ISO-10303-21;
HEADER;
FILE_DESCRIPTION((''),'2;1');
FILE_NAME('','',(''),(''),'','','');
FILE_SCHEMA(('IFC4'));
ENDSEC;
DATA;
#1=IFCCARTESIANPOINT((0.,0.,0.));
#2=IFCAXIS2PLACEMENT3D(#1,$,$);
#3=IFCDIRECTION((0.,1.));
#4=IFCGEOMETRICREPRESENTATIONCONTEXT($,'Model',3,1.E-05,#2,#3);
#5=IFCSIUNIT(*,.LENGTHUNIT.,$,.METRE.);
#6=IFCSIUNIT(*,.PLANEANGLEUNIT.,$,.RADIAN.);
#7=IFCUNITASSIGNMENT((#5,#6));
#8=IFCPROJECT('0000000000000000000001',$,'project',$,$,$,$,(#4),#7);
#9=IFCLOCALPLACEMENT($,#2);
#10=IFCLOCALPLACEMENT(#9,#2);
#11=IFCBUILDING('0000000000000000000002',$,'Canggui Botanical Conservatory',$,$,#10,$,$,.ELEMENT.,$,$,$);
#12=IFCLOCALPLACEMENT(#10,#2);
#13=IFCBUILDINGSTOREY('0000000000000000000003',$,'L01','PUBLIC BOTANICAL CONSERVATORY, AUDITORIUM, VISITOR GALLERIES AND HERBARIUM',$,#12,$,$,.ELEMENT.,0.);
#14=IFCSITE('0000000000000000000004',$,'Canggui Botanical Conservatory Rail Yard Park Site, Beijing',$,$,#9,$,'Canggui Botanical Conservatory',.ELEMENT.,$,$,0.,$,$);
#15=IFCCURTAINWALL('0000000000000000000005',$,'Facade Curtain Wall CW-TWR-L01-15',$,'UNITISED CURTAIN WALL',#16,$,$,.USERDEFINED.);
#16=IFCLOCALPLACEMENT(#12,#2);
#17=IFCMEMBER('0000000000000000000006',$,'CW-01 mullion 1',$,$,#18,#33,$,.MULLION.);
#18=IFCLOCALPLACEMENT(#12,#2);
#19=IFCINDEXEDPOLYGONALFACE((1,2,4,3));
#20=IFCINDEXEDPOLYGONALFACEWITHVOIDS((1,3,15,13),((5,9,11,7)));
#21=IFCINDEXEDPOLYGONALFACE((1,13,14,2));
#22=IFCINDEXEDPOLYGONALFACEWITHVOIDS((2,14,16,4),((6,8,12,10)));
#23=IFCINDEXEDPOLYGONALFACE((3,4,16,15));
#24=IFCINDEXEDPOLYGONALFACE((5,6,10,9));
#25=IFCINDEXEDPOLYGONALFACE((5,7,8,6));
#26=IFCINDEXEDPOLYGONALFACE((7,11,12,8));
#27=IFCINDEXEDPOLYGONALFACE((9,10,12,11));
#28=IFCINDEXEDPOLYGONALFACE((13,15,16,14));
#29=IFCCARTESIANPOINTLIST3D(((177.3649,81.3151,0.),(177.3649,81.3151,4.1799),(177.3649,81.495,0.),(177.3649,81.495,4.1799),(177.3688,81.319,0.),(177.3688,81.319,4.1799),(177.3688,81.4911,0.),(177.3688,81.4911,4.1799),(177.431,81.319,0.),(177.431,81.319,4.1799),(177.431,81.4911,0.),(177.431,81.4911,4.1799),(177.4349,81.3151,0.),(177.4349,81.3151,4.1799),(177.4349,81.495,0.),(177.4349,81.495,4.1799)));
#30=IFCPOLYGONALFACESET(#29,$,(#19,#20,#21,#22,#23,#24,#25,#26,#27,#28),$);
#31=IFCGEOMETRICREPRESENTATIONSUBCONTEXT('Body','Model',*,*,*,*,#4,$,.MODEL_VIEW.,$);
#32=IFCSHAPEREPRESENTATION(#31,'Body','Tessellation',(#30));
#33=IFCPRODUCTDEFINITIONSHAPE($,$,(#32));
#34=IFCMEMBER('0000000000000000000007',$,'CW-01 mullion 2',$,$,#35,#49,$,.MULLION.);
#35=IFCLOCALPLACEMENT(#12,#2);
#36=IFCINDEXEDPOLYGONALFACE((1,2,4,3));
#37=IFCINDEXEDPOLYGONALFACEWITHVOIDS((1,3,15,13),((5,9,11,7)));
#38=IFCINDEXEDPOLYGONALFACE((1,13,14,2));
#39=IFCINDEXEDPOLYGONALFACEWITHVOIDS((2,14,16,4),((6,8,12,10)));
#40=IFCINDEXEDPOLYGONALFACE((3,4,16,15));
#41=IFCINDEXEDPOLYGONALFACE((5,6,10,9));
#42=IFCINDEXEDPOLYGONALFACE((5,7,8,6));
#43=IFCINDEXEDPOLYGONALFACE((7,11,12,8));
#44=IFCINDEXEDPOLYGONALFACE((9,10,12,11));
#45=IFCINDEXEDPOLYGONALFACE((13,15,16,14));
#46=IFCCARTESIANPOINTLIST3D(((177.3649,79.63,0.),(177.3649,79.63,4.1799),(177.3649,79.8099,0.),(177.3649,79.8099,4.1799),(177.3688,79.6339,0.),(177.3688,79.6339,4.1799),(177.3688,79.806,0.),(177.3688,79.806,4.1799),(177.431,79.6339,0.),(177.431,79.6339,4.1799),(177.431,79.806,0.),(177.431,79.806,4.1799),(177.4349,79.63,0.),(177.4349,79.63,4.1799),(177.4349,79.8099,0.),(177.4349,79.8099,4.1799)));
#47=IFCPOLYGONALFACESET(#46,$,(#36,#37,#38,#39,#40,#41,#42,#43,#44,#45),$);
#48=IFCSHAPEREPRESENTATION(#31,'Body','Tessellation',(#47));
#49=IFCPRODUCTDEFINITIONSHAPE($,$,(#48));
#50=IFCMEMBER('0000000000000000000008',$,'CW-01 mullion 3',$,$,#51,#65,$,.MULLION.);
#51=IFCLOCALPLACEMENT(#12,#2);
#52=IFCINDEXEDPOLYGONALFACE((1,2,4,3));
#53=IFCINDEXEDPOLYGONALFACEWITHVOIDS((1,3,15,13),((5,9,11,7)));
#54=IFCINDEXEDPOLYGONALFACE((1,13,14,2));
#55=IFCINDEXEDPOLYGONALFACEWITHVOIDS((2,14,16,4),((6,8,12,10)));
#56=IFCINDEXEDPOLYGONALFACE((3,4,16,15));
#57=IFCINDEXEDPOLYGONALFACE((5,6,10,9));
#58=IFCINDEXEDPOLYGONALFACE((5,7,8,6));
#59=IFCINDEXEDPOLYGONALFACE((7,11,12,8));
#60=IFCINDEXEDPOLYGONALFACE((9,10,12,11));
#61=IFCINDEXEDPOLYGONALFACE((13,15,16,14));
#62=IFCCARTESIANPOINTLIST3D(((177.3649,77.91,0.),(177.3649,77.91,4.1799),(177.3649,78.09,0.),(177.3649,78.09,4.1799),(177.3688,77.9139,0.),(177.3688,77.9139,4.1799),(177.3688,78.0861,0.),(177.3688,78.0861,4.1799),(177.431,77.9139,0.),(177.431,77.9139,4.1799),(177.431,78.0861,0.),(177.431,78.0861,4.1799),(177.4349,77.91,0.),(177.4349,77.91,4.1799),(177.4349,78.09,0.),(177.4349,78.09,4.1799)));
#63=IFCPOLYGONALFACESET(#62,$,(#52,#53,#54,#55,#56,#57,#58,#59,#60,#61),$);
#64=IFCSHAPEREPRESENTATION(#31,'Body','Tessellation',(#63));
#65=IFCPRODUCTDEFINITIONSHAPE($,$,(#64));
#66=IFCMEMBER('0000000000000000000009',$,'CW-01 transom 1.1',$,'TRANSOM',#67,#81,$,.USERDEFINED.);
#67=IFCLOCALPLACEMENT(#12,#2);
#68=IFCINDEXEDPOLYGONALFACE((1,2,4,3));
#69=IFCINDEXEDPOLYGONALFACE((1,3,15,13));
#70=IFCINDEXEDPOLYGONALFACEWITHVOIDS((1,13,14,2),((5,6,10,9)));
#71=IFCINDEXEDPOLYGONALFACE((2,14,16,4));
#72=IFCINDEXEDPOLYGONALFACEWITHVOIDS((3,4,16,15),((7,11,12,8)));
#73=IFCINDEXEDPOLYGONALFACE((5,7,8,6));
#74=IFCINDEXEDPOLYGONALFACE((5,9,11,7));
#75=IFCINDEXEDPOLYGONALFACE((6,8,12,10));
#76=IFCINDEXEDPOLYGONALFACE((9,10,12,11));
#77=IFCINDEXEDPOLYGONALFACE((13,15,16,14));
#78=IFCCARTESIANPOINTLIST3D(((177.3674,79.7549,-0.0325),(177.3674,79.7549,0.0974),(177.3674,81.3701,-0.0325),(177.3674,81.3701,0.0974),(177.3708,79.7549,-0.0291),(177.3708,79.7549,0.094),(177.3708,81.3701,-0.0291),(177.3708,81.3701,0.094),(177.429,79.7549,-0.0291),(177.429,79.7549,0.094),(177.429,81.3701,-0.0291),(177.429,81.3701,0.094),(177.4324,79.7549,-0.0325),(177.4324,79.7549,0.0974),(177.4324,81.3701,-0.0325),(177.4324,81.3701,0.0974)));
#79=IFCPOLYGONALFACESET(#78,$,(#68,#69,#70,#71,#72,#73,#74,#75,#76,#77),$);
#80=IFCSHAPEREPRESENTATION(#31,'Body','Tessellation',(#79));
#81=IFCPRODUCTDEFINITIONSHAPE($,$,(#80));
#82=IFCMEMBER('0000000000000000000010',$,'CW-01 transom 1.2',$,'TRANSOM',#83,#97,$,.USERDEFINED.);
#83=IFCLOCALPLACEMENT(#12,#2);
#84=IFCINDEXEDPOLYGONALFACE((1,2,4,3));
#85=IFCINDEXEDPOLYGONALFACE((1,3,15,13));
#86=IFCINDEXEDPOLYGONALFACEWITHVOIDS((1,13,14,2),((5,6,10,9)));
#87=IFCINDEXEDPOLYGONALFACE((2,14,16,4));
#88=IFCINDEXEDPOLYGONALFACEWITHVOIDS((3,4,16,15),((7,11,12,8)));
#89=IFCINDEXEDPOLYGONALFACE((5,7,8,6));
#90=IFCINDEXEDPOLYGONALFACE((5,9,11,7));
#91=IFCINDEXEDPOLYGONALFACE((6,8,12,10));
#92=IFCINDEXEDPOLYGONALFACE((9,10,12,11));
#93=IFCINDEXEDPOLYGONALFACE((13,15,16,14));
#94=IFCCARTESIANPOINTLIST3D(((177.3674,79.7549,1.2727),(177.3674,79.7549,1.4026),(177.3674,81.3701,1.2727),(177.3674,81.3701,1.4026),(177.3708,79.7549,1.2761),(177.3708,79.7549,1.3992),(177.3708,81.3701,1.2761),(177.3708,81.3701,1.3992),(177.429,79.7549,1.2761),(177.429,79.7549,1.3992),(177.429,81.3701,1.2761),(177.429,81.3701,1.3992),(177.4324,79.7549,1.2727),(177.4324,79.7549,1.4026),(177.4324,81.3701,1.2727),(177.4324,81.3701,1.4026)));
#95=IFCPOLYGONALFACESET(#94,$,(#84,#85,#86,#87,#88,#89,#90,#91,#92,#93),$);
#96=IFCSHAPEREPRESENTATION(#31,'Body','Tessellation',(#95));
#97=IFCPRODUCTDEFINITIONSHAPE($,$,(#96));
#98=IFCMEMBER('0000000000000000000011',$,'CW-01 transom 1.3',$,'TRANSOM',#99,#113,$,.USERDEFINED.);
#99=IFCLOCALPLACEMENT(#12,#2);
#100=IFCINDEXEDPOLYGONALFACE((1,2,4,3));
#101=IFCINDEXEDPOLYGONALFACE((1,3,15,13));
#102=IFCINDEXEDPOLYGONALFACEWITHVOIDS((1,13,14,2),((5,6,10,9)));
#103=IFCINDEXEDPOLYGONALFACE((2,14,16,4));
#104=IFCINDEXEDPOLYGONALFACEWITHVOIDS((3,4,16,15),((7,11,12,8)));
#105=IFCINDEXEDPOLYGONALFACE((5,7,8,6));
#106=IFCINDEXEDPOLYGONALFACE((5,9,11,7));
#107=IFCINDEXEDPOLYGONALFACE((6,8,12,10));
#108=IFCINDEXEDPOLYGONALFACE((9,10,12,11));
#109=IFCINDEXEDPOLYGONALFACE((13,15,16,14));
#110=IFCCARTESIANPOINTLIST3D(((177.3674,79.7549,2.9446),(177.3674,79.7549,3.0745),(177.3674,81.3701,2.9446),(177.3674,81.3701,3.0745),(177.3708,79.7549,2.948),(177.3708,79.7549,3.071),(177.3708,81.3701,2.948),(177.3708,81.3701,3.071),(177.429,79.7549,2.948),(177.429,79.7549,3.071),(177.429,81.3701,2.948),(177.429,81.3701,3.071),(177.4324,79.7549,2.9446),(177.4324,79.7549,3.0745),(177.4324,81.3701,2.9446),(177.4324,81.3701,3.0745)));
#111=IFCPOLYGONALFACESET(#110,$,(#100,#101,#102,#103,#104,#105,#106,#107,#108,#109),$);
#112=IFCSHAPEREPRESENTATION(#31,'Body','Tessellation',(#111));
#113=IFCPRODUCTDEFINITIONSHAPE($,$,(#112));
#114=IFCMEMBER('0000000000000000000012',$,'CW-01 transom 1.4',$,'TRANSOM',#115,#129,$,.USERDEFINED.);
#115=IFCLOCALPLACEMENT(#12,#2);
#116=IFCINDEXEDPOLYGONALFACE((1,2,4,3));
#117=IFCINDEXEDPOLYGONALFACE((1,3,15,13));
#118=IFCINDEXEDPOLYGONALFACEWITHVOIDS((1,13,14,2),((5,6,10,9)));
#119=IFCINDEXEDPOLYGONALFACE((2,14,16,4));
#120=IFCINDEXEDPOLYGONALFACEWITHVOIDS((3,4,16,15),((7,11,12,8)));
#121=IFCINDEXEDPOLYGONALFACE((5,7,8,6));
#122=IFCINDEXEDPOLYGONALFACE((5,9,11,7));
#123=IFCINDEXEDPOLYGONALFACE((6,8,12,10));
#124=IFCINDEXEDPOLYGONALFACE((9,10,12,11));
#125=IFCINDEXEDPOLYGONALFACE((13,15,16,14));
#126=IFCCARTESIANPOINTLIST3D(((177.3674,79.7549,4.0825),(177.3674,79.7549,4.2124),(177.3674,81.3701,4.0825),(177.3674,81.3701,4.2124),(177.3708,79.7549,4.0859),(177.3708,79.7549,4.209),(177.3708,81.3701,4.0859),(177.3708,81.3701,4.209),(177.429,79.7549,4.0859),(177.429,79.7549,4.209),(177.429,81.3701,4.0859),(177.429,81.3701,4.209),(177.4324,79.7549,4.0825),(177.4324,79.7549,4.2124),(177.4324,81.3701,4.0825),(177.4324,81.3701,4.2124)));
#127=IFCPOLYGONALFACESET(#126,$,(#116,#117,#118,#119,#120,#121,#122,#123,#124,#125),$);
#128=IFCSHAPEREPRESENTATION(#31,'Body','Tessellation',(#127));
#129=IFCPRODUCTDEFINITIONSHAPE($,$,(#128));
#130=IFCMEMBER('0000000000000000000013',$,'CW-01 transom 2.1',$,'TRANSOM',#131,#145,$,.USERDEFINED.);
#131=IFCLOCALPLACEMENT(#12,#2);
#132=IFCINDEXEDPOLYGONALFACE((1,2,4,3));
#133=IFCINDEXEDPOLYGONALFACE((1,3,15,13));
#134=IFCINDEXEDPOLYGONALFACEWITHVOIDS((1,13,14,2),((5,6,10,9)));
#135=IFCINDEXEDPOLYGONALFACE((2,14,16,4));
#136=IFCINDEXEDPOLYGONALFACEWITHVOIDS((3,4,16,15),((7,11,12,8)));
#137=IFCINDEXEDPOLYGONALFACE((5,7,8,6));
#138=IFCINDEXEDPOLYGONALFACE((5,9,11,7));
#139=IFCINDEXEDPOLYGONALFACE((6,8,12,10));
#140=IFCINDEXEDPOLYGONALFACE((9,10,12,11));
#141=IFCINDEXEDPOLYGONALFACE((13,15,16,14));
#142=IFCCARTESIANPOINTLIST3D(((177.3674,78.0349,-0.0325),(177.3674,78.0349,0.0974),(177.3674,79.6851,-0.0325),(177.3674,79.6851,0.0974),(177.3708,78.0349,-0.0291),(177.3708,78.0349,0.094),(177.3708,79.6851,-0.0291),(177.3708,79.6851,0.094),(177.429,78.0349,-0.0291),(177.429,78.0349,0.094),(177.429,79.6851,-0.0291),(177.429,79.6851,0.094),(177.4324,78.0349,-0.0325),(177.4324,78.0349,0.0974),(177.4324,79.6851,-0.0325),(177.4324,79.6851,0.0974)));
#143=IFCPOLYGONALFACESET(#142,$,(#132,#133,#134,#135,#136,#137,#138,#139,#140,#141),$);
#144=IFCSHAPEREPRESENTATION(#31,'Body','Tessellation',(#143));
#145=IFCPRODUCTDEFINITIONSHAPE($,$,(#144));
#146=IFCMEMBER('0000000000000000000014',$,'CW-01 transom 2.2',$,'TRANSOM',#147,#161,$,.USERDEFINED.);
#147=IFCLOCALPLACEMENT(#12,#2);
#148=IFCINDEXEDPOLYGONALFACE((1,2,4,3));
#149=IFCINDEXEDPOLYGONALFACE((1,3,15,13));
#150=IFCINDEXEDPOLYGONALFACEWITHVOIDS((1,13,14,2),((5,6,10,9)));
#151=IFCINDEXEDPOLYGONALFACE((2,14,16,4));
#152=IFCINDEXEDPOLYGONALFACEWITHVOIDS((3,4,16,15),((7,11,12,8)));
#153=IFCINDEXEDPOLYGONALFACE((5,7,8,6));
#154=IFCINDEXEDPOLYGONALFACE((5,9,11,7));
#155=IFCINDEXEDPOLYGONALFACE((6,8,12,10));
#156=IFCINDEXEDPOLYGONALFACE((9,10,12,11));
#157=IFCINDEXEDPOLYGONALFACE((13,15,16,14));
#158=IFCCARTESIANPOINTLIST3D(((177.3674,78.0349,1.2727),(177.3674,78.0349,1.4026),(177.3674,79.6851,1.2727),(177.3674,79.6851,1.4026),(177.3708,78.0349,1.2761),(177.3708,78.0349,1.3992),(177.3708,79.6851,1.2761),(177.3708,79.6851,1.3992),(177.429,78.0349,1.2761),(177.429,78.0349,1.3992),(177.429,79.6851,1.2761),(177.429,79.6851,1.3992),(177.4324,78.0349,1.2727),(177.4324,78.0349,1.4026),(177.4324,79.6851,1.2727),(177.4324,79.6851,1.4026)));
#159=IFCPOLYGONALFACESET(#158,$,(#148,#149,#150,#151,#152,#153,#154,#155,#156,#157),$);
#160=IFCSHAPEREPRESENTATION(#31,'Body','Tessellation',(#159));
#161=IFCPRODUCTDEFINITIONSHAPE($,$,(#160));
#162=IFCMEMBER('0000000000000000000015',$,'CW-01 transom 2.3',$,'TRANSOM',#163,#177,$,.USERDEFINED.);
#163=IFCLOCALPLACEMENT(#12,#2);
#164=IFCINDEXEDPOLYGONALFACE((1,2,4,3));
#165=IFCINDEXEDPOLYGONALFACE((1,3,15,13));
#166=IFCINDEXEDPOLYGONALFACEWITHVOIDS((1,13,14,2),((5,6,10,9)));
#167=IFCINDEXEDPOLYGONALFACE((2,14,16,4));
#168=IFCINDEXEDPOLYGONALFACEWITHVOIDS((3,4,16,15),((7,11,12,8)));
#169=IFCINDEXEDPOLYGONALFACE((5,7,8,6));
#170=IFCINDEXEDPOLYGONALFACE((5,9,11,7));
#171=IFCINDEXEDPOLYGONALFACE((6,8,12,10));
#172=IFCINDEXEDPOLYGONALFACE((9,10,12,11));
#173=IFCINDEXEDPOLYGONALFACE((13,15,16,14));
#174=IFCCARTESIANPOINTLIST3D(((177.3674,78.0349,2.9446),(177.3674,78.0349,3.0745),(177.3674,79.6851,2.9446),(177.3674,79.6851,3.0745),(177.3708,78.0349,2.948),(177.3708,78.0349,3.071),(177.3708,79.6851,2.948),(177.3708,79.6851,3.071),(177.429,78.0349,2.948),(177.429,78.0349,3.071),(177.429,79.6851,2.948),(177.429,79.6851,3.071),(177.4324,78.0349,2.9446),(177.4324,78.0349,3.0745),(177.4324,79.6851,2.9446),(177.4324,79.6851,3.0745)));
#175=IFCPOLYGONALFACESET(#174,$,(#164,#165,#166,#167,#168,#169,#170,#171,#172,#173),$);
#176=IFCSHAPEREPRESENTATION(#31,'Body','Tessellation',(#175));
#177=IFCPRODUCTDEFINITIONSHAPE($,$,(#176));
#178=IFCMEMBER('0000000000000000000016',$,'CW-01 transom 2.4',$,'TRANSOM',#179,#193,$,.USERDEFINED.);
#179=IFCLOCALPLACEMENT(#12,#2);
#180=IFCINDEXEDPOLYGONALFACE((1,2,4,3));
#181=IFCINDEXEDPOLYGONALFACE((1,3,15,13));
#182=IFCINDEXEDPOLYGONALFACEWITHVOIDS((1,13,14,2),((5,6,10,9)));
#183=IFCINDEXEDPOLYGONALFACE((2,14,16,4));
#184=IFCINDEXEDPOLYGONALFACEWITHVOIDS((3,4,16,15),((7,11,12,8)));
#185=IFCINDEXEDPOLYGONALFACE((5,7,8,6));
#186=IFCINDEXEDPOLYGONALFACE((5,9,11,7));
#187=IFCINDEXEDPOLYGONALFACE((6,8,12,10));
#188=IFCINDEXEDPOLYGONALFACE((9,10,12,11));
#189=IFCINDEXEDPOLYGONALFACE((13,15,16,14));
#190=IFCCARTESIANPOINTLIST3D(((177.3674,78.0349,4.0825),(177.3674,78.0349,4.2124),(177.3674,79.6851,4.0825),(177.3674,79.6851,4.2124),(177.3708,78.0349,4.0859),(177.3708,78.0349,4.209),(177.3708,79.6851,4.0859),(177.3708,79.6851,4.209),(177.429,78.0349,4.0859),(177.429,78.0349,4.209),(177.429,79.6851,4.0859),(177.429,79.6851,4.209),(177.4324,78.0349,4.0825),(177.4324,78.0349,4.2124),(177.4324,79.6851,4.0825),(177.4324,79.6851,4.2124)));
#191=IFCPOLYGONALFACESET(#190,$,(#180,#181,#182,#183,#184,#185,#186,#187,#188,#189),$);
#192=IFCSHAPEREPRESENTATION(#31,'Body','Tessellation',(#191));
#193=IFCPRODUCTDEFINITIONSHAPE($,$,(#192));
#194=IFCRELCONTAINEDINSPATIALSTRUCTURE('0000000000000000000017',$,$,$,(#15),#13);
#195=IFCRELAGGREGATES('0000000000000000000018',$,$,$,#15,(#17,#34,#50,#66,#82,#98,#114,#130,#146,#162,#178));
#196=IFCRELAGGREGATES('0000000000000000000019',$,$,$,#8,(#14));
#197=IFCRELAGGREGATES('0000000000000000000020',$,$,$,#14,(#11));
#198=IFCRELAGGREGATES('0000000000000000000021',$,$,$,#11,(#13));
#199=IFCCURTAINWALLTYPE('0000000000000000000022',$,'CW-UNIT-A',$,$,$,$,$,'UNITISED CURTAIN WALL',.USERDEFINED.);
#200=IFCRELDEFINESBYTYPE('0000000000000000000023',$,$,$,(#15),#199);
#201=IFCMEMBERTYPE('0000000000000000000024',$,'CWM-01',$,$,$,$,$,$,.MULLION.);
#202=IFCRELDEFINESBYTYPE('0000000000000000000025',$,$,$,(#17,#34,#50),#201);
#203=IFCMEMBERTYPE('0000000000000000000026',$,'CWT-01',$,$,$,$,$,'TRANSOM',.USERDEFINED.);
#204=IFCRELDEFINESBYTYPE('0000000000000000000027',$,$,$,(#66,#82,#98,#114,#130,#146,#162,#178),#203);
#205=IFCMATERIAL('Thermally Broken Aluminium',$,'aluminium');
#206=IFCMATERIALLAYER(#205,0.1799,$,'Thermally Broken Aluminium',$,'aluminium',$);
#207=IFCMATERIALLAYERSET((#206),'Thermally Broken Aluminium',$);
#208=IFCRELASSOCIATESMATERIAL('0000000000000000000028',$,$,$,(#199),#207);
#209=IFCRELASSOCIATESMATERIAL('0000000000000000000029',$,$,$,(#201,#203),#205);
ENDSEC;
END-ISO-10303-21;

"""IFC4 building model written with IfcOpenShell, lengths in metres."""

from ifc_helpers import new_model, si_unit, direction, frame, origin, origin_2d, place, context, subcontext, project, spatial, hollow_rectangle, extrude, material, layer, layer_set, material_profile, profile_set, type_object, element, aggregate, save


model = new_model("IFC4")

# Units and contexts
model_context = context("Model", 3, precision=1e-05, world=origin(), true_north=direction((0.0, 1.0)))
body_context = subcontext(model_context, "Body", "Model", "MODEL_VIEW")
ifc_project = project(units=[si_unit("LENGTHUNIT", "METRE"), si_unit("PLANEANGLEUNIT", "RADIAN")], contexts=[model_context])

# Site, building, storey
site_placement = place(None, origin())
site = spatial("IfcSite", under=ifc_project, at=site_placement, Name="Canggui Botanical Conservatory Rail Yard Park Site, Beijing", LongName="Canggui Botanical Conservatory", CompositionType="ELEMENT", RefElevation=0.0)
building_placement = place(site_placement, origin())
building = spatial("IfcBuilding", under=site, at=building_placement, Name="Canggui Botanical Conservatory", CompositionType="ELEMENT")
storey_placement = place(building_placement, origin())
storey = spatial("IfcBuildingStorey", under=building, at=storey_placement, Name="L01", Description="PUBLIC BOTANICAL CONSERVATORY, AUDITORIUM, VISITOR GALLERIES AND HERBARIUM", CompositionType="ELEMENT", Elevation=0.0)

# Curtain wall, members
ifc_material_1 = material(Name="Thermally Broken Aluminium", Category="aluminium")
ifc_layer_1 = layer(ifc_material_1, 0.1799, Name="Thermally Broken Aluminium", Category="aluminium")
ifc_layer_set_1 = layer_set([ifc_layer_1], Name="Thermally Broken Aluminium")
curtain_wall_type = type_object("IfcCurtainWallType", Name="CW-UNIT-A", ElementType="UNITISED CURTAIN WALL", PredefinedType="USERDEFINED", material=ifc_layer_set_1)
curtain_wall_placement = place(storey_placement, origin())
curtain_wall = element("IfcCurtainWall", 1, at=curtain_wall_placement, inside=storey, type_object=curtain_wall_type, Name="Facade Curtain Wall CW-TWR-L01-15", ObjectType="UNITISED CURTAIN WALL", PredefinedType="USERDEFINED")
ifc_material_profile_1 = material_profile(ifc_material_1, hollow_rectangle(XDim=0.0701, YDim=0.1799, WallThickness=0.0039, at=origin_2d()), Name="CWM 70x180x4")
ifc_profile_set_1 = profile_set([ifc_material_profile_1], Name="Thermally Broken Aluminium")
member_type_1 = type_object("IfcMemberType", Name="CWM-01", PredefinedType="MULLION", material=ifc_profile_set_1)
member_1_placement = place(storey_placement, frame((177.3999, 81.405, 0.0), z_axis=(0.0, 0.0, 1.0), x_axis=(1.0, 0.0, 0.0)))
member_1 = element("IfcMember", 2, at=member_1_placement, type_object=member_type_1, Name="CW-01 mullion 1", PredefinedType="MULLION", context=body_context, shape_type="SweptSolid", body=[
    extrude(hollow_rectangle(XDim=0.0701, YDim=0.1799, WallThickness=0.0039, at=origin_2d()), origin(), (0.0, 0.0, 1.0), 4.1799),
])
member_2_placement = place(storey_placement, frame((177.3999, 79.72, 0.0), z_axis=(0.0, 0.0, 1.0), x_axis=(1.0, 0.0, 0.0)))
member_2 = element("IfcMember", 3, at=member_2_placement, type_object=member_type_1, Name="CW-01 mullion 2", PredefinedType="MULLION", context=body_context, shape_type="SweptSolid", body=[
    extrude(hollow_rectangle(XDim=0.0701, YDim=0.1799, WallThickness=0.0039, at=origin_2d()), origin(), (0.0, 0.0, 1.0), 4.1799),
])
member_3_placement = place(storey_placement, frame((177.3999, 78.0, 0.0), z_axis=(0.0, 0.0, 1.0), x_axis=(1.0, 0.0, 0.0)))
member_3 = element("IfcMember", 4, at=member_3_placement, type_object=member_type_1, Name="CW-01 mullion 3", PredefinedType="MULLION", context=body_context, shape_type="SweptSolid", body=[
    extrude(hollow_rectangle(XDim=0.0701, YDim=0.1799, WallThickness=0.0039, at=origin_2d()), origin(), (0.0, 0.0, 1.0), 4.1799),
])
ifc_material_profile_2 = material_profile(ifc_material_1, hollow_rectangle(XDim=0.0649, YDim=0.1299, WallThickness=0.0034, at=origin_2d()), Name="CWT 65x130x3.5")
ifc_profile_set_2 = profile_set([ifc_material_profile_2], Name="Thermally Broken Aluminium")
member_type_2 = type_object("IfcMemberType", Name="CWT-01", ElementType="TRANSOM", PredefinedType="USERDEFINED", material=ifc_profile_set_2)
member_4_placement = place(storey_placement, frame((177.3999, 81.3701, 0.0325), z_axis=(0.0, -1.0, 0.0), x_axis=(1.0, 0.0, 0.0)))
member_4 = element("IfcMember", 5, at=member_4_placement, type_object=member_type_2, Name="CW-01 transom 1.1", ObjectType="TRANSOM", PredefinedType="USERDEFINED", context=body_context, shape_type="SweptSolid", body=[
    extrude(hollow_rectangle(XDim=0.0649, YDim=0.1299, WallThickness=0.0034, at=origin_2d()), origin(), (0.0, 0.0, 1.0), 1.6152),
])
member_5_placement = place(storey_placement, frame((177.3999, 81.3701, 1.3376), z_axis=(0.0, -1.0, 0.0), x_axis=(1.0, 0.0, 0.0)))
member_5 = element("IfcMember", 6, at=member_5_placement, type_object=member_type_2, Name="CW-01 transom 1.2", ObjectType="TRANSOM", PredefinedType="USERDEFINED", context=body_context, shape_type="SweptSolid", body=[
    extrude(hollow_rectangle(XDim=0.0649, YDim=0.1299, WallThickness=0.0034, at=origin_2d()), origin(), (0.0, 0.0, 1.0), 1.6152),
])
member_6_placement = place(storey_placement, frame((177.3999, 81.3701, 3.0095), z_axis=(0.0, -1.0, 0.0), x_axis=(1.0, 0.0, 0.0)))
member_6 = element("IfcMember", 7, at=member_6_placement, type_object=member_type_2, Name="CW-01 transom 1.3", ObjectType="TRANSOM", PredefinedType="USERDEFINED", context=body_context, shape_type="SweptSolid", body=[
    extrude(hollow_rectangle(XDim=0.0649, YDim=0.1299, WallThickness=0.0034, at=origin_2d()), origin(), (0.0, 0.0, 1.0), 1.6152),
])
member_7_placement = place(storey_placement, frame((177.3999, 81.3701, 4.1475), z_axis=(0.0, -1.0, 0.0), x_axis=(1.0, 0.0, 0.0)))
member_7 = element("IfcMember", 8, at=member_7_placement, type_object=member_type_2, Name="CW-01 transom 1.4", ObjectType="TRANSOM", PredefinedType="USERDEFINED", context=body_context, shape_type="SweptSolid", body=[
    extrude(hollow_rectangle(XDim=0.0649, YDim=0.1299, WallThickness=0.0034, at=origin_2d()), origin(), (0.0, 0.0, 1.0), 1.6152),
])
member_8_placement = place(storey_placement, frame((177.3999, 79.6851, 0.0325), z_axis=(0.0, -1.0, 0.0), x_axis=(1.0, 0.0, 0.0)))
member_8 = element("IfcMember", 9, at=member_8_placement, type_object=member_type_2, Name="CW-01 transom 2.1", ObjectType="TRANSOM", PredefinedType="USERDEFINED", context=body_context, shape_type="SweptSolid", body=[
    extrude(hollow_rectangle(XDim=0.0649, YDim=0.1299, WallThickness=0.0034, at=origin_2d()), origin(), (0.0, 0.0, 1.0), 1.6501),
])
member_9_placement = place(storey_placement, frame((177.3999, 79.6851, 1.3376), z_axis=(0.0, -1.0, 0.0), x_axis=(1.0, 0.0, 0.0)))
member_9 = element("IfcMember", 10, at=member_9_placement, type_object=member_type_2, Name="CW-01 transom 2.2", ObjectType="TRANSOM", PredefinedType="USERDEFINED", context=body_context, shape_type="SweptSolid", body=[
    extrude(hollow_rectangle(XDim=0.0649, YDim=0.1299, WallThickness=0.0034, at=origin_2d()), origin(), (0.0, 0.0, 1.0), 1.6501),
])
member_10_placement = place(storey_placement, frame((177.3999, 79.6851, 3.0095), z_axis=(0.0, -1.0, 0.0), x_axis=(1.0, 0.0, 0.0)))
member_10 = element("IfcMember", 11, at=member_10_placement, type_object=member_type_2, Name="CW-01 transom 2.3", ObjectType="TRANSOM", PredefinedType="USERDEFINED", context=body_context, shape_type="SweptSolid", body=[
    extrude(hollow_rectangle(XDim=0.0649, YDim=0.1299, WallThickness=0.0034, at=origin_2d()), origin(), (0.0, 0.0, 1.0), 1.6501),
])
member_11_placement = place(storey_placement, frame((177.3999, 79.6851, 4.1475), z_axis=(0.0, -1.0, 0.0), x_axis=(1.0, 0.0, 0.0)))
member_11 = element("IfcMember", 12, at=member_11_placement, type_object=member_type_2, Name="CW-01 transom 2.4", ObjectType="TRANSOM", PredefinedType="USERDEFINED", context=body_context, shape_type="SweptSolid", body=[
    extrude(hollow_rectangle(XDim=0.0649, YDim=0.1299, WallThickness=0.0034, at=origin_2d()), origin(), (0.0, 0.0, 1.0), 1.6501),
])
aggregate(curtain_wall, [member_1, member_2, member_3, member_4, member_5, member_6, member_7, member_8, member_9, member_10, member_11])

save(model, "model.ifc")
